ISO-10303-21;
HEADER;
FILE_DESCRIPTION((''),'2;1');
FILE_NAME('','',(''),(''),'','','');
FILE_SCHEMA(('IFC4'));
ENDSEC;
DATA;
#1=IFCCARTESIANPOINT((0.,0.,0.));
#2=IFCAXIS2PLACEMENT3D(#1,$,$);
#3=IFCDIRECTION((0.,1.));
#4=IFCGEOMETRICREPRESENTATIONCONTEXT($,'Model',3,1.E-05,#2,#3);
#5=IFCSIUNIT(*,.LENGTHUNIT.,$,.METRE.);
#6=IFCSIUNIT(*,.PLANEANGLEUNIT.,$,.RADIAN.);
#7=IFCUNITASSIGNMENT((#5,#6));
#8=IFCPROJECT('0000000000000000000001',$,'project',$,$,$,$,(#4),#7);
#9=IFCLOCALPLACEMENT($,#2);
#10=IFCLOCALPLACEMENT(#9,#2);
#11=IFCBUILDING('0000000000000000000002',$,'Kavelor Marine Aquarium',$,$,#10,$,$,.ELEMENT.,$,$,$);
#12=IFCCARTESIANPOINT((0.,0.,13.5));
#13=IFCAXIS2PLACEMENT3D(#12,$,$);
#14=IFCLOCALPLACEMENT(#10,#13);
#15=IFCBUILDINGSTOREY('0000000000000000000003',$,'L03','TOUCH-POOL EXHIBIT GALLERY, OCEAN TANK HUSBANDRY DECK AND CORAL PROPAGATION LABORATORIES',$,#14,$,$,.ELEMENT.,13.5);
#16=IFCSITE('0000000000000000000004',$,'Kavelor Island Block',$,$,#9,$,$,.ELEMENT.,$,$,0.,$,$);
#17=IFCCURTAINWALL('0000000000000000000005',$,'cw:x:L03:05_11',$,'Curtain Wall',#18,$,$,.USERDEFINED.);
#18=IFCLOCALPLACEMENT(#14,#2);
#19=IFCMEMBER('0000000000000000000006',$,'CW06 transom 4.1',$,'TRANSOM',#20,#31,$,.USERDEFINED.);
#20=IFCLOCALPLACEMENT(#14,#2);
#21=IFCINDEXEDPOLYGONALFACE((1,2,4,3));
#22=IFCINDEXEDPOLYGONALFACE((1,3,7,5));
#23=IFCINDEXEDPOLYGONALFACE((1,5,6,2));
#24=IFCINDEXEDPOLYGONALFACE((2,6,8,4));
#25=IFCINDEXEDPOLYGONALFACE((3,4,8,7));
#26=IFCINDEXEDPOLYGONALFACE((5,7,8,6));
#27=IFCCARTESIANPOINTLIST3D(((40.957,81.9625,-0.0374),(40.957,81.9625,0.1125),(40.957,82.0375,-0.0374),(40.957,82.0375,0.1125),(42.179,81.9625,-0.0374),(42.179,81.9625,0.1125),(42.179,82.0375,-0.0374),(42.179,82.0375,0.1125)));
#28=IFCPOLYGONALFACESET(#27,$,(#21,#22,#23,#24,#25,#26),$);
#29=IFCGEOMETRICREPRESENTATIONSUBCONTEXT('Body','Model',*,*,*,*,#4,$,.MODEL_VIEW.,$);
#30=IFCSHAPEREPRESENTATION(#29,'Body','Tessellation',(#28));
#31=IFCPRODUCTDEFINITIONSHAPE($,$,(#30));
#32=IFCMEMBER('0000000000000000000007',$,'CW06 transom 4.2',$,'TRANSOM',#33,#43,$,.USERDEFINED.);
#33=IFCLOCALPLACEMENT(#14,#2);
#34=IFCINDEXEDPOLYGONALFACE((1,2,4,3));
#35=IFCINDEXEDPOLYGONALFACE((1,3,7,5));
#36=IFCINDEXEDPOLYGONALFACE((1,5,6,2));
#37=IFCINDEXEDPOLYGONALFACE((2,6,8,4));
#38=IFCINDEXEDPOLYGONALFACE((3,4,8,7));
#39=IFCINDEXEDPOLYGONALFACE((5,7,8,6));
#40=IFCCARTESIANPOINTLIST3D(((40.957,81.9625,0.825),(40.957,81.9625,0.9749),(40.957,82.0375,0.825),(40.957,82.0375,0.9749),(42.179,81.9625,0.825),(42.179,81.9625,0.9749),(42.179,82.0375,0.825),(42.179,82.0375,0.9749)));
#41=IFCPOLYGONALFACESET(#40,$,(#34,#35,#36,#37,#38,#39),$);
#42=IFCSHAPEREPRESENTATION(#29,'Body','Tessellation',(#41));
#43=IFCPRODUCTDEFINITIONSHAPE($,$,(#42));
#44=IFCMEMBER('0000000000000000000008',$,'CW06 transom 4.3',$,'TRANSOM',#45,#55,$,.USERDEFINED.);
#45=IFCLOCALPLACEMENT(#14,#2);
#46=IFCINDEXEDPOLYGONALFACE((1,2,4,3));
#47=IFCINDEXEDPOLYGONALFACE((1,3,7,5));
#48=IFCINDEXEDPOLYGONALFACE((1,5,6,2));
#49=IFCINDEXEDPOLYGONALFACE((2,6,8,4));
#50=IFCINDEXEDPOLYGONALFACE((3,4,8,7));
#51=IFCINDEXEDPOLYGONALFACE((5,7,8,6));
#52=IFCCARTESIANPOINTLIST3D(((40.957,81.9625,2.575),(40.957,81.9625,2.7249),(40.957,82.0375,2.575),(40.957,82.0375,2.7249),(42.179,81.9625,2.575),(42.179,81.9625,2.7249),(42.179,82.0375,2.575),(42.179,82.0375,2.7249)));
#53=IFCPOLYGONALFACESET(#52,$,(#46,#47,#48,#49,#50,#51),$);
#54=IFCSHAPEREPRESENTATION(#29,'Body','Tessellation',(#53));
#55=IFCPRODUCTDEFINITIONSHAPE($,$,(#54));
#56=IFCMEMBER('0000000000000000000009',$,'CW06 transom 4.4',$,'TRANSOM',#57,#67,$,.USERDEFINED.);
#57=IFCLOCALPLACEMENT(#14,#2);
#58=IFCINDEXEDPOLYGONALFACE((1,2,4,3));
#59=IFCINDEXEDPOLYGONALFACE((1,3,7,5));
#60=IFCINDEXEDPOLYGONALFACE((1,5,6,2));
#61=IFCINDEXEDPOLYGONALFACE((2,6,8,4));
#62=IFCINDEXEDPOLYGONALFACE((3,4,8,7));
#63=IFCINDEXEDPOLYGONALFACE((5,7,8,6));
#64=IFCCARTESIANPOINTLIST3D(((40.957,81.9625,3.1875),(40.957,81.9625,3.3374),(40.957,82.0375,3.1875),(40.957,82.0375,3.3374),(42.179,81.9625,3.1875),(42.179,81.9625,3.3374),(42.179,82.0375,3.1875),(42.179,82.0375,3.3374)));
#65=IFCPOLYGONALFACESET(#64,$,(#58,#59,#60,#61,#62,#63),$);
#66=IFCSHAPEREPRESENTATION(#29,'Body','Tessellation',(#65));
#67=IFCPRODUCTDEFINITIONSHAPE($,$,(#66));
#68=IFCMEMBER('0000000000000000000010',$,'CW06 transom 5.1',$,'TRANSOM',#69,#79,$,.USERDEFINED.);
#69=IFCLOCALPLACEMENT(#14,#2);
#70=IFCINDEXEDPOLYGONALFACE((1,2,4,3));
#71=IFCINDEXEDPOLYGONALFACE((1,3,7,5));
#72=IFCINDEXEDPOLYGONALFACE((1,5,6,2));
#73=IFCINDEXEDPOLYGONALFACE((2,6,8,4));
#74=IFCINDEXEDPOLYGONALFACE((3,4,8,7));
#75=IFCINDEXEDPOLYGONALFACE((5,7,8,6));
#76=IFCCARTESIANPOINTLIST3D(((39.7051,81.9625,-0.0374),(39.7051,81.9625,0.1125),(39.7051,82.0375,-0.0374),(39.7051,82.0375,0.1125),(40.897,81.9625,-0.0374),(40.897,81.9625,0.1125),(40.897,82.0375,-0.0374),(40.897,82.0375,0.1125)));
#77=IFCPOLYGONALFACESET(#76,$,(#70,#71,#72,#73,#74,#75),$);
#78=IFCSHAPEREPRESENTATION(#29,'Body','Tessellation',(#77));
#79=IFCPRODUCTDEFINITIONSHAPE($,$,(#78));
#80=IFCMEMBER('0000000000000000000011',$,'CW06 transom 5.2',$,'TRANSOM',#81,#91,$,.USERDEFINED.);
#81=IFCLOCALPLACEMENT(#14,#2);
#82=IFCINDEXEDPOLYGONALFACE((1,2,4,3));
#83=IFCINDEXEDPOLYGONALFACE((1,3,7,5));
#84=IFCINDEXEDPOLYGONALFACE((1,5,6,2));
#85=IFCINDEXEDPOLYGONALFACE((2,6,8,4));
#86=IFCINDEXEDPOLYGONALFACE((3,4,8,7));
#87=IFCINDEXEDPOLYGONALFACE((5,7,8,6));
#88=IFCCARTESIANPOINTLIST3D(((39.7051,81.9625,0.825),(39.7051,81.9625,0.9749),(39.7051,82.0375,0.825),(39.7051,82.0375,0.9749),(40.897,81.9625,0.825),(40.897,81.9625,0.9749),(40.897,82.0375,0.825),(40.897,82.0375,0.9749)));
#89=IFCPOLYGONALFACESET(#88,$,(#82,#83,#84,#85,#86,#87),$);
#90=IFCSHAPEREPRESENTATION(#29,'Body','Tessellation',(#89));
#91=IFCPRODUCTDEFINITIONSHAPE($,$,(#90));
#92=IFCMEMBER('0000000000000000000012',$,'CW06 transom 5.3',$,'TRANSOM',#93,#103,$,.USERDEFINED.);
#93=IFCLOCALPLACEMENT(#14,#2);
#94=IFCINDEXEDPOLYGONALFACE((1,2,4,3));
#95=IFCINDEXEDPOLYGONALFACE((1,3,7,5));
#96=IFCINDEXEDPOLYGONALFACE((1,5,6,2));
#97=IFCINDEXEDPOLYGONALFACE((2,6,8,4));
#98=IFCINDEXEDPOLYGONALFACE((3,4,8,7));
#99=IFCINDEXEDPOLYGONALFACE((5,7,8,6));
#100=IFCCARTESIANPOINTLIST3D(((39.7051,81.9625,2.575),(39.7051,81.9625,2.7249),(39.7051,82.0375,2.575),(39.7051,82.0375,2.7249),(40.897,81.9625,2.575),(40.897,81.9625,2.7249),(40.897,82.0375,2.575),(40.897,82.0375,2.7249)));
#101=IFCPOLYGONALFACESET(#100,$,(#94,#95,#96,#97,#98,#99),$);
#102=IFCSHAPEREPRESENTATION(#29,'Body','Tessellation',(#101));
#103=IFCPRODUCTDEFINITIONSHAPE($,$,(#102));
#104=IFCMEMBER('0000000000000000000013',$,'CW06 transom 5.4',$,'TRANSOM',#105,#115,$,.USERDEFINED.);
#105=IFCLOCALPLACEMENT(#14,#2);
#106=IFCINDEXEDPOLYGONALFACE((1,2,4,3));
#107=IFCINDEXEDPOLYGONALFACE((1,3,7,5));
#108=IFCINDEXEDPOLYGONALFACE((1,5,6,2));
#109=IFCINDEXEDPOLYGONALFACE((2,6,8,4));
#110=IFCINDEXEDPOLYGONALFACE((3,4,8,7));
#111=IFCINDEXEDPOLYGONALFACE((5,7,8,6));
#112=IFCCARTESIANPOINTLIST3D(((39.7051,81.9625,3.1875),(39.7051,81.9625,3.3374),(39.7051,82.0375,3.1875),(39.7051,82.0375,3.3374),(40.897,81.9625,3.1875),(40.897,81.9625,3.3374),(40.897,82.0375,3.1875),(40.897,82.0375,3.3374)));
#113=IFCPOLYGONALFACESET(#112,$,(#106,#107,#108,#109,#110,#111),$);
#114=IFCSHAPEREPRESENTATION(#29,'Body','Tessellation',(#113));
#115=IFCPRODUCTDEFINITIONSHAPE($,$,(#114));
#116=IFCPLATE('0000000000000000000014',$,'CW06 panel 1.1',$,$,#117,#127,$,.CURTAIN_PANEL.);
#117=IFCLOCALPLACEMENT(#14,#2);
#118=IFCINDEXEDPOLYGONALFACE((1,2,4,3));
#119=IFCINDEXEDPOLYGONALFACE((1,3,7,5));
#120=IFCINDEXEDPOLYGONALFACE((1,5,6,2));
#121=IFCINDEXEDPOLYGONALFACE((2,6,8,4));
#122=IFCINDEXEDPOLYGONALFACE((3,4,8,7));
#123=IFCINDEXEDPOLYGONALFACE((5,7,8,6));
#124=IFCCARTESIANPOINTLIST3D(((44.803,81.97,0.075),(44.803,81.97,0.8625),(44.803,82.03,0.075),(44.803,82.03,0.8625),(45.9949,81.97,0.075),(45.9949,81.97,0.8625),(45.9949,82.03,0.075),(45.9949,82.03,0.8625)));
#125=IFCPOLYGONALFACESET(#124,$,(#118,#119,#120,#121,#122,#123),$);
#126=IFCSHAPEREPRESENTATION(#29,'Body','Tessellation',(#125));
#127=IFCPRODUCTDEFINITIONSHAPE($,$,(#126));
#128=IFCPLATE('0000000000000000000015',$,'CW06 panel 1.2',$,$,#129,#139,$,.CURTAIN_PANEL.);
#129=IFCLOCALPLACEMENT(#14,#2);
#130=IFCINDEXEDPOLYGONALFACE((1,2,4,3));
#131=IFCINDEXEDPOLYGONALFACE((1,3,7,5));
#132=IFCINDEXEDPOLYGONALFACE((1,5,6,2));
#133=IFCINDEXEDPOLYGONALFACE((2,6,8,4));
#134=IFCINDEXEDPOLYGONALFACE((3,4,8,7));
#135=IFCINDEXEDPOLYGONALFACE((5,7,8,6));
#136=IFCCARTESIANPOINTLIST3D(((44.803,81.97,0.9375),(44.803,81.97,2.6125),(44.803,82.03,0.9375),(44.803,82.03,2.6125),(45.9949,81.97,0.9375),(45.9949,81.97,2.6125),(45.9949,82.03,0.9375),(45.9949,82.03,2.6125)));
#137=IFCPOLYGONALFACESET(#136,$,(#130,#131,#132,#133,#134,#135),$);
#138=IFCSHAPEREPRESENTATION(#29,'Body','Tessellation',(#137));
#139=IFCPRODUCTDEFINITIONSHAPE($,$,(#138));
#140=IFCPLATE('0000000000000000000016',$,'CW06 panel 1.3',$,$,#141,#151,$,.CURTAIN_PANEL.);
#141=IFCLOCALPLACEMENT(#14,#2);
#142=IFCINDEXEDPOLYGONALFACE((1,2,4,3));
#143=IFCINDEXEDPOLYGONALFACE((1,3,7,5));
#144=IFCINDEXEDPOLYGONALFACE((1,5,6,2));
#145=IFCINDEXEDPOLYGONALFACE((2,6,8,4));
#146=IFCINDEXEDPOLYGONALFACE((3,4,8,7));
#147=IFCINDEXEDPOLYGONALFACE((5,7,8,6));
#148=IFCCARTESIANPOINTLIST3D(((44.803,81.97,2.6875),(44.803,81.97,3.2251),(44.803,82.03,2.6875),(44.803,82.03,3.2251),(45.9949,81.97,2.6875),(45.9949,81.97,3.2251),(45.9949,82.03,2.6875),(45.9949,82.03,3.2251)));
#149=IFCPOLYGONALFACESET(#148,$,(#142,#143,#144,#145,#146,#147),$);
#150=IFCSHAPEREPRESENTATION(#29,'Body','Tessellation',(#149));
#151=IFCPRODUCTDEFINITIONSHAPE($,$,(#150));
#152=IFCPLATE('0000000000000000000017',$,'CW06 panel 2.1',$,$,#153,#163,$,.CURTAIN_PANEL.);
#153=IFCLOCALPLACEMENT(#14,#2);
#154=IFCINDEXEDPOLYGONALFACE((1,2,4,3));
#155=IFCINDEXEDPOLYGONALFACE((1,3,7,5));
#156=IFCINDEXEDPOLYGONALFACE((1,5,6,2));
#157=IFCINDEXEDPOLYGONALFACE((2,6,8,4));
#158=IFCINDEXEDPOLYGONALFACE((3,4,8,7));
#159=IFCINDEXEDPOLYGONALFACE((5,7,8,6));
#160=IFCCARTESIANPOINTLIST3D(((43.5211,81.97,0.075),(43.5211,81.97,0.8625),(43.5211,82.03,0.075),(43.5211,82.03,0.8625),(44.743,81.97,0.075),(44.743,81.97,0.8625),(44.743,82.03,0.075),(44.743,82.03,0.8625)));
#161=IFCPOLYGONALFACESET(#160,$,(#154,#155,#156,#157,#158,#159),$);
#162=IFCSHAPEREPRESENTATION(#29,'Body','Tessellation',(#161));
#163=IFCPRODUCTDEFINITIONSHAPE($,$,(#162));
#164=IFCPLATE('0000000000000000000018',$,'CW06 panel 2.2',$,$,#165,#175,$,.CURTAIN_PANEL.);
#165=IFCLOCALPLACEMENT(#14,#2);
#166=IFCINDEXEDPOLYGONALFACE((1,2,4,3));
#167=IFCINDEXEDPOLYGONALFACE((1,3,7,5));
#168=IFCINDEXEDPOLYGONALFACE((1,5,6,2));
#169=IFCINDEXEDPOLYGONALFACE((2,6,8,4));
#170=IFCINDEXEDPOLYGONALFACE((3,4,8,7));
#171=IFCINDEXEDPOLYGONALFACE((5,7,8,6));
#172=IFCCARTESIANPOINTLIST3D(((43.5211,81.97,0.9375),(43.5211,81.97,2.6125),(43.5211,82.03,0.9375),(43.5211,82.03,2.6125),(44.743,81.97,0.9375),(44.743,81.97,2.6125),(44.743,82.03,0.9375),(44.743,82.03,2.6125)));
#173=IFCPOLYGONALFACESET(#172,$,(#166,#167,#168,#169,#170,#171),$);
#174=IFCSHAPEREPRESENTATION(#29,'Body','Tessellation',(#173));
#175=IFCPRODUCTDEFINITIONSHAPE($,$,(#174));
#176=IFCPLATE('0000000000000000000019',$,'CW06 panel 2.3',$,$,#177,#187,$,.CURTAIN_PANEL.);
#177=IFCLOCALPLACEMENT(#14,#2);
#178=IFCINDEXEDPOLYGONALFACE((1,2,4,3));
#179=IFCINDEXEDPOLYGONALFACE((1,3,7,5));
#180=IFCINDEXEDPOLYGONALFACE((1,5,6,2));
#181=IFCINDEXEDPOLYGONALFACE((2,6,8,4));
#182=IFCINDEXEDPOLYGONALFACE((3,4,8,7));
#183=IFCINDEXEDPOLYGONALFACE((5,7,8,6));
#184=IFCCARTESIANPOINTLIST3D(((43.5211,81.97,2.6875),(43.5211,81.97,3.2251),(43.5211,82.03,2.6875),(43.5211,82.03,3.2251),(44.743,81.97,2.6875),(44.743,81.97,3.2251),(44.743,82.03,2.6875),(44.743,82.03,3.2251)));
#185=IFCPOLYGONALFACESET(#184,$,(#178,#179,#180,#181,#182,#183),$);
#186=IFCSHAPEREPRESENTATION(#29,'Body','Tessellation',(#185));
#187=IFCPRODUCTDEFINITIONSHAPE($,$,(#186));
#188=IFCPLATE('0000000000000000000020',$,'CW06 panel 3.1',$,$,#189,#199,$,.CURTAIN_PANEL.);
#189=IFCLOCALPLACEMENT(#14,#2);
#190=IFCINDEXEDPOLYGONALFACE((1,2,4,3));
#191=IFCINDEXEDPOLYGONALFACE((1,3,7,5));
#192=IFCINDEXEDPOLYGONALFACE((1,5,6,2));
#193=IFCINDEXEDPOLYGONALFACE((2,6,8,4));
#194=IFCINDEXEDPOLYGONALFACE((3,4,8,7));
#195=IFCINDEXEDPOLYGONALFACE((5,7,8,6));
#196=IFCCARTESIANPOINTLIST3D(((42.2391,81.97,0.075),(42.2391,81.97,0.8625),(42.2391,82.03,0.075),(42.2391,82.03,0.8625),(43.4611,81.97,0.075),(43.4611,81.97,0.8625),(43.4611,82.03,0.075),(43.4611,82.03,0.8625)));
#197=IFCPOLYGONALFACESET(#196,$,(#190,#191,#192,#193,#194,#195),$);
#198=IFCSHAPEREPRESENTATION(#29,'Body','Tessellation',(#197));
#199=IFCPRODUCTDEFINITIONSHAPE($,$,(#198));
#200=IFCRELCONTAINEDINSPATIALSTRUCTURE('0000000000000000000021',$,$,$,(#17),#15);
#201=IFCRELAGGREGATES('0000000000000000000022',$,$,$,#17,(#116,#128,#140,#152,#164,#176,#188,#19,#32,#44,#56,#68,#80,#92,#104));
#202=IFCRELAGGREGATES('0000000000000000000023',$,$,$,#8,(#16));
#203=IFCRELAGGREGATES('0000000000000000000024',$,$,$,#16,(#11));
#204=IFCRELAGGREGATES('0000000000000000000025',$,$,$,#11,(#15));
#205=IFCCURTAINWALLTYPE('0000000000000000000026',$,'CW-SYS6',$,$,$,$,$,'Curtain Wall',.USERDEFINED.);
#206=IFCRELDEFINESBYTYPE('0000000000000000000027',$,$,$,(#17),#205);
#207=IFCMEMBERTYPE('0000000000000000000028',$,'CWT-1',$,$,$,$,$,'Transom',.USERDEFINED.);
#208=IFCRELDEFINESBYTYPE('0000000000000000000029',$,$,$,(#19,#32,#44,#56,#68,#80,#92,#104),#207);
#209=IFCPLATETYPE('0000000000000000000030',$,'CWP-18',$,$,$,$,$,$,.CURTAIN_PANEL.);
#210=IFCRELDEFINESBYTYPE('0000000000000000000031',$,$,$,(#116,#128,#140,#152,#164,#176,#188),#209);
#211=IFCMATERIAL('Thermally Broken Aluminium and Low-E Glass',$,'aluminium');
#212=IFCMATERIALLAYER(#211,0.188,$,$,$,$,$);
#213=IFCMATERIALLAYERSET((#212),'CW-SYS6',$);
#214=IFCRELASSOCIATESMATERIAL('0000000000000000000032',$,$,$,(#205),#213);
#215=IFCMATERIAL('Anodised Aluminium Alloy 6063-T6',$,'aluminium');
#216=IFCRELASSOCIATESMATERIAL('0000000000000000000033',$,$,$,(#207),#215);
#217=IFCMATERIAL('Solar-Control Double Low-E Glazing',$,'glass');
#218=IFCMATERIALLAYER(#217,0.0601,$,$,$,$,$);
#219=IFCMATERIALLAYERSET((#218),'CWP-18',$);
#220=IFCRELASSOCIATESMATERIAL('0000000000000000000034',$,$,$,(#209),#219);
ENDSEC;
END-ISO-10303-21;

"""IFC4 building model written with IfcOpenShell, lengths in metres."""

from ifc_helpers import new_model, si_unit, direction, frame, origin, origin_2d, place, context, subcontext, project, spatial, rectangle, extrude, material, layer, layer_set, material_profile, profile_set, type_object, element, aggregate, save


model = new_model("IFC4")

# Units and contexts
model_context = context("Model", 3, precision=1e-05, world=origin(), true_north=direction((0.0, 1.0)))
body_context = subcontext(model_context, "Body", "Model", "MODEL_VIEW")
ifc_project = project(units=[si_unit("LENGTHUNIT", "METRE"), si_unit("PLANEANGLEUNIT", "RADIAN")], contexts=[model_context])

# Site, building, storey
site_placement = place(None, origin())
site = spatial("IfcSite", under=ifc_project, at=site_placement, Name="Kavelor Island Block", CompositionType="ELEMENT", RefElevation=0.0)
building_placement = place(site_placement, origin())
building = spatial("IfcBuilding", under=site, at=building_placement, Name="Kavelor Marine Aquarium", CompositionType="ELEMENT")
storey_placement = place(building_placement, frame((0.0, 0.0, 13.5)))
storey = spatial("IfcBuildingStorey", under=building, at=storey_placement, Name="L03", Description="TOUCH-POOL EXHIBIT GALLERY, OCEAN TANK HUSBANDRY DECK AND CORAL PROPAGATION LABORATORIES", CompositionType="ELEMENT", Elevation=13.5)

# Curtain wall, members, plates
ifc_material_1 = material(Name="Thermally Broken Aluminium and Low-E Glass", Category="aluminium")
ifc_layer_1 = layer(ifc_material_1, 0.188)
ifc_layer_set_1 = layer_set([ifc_layer_1], Name="CW-SYS6")
curtain_wall_type = type_object("IfcCurtainWallType", Name="CW-SYS6", ElementType="Curtain Wall", PredefinedType="USERDEFINED", material=ifc_layer_set_1)
curtain_wall_placement = place(storey_placement, origin())
curtain_wall = element("IfcCurtainWall", 1, at=curtain_wall_placement, inside=storey, type_object=curtain_wall_type, Name="cw:x:L03:05_11", ObjectType="Curtain Wall", PredefinedType="USERDEFINED")
ifc_material_2 = material(Name="Anodised Aluminium Alloy 6063-T6", Category="aluminium")
ifc_material_profile_1 = material_profile(ifc_material_2, rectangle(XDim=0.075, YDim=0.1499, at=origin_2d()), Name="CW-TRN 75x150")
ifc_profile_set_1 = profile_set([ifc_material_profile_1], Name="Anodised Aluminium Alloy 6063-T6")
member_type_1 = type_object("IfcMemberType", Name="CWT-1", ElementType="Transom", PredefinedType="USERDEFINED", material=ifc_profile_set_1)
member_1_placement = place(storey_placement, frame((42.179, 82.0, 0.0376), z_axis=(-1.0, 0.0, 0.0), x_axis=(0.0, -1.0, 0.0)))
member_1 = element("IfcMember", 2, at=member_1_placement, type_object=member_type_1, Name="CW06 transom 4.1", ObjectType="TRANSOM", PredefinedType="USERDEFINED", context=body_context, shape_type="SweptSolid", body=[
    extrude(rectangle(XDim=0.075, YDim=0.1499, at=origin_2d()), origin(), (0.0, 0.0, 1.0), 1.2219),
])
member_2_placement = place(storey_placement, frame((42.179, 82.0, 0.8999), z_axis=(-1.0, 0.0, 0.0), x_axis=(0.0, -1.0, 0.0)))
member_2 = element("IfcMember", 3, at=member_2_placement, type_object=member_type_1, Name="CW06 transom 4.2", ObjectType="TRANSOM", PredefinedType="USERDEFINED", context=body_context, shape_type="SweptSolid", body=[
    extrude(rectangle(XDim=0.075, YDim=0.1499, at=origin_2d()), origin(), (0.0, 0.0, 1.0), 1.2219),
])
member_3_placement = place(storey_placement, frame((42.179, 82.0, 2.6499), z_axis=(-1.0, 0.0, 0.0), x_axis=(0.0, -1.0, 0.0)))
member_3 = element("IfcMember", 4, at=member_3_placement, type_object=member_type_1, Name="CW06 transom 4.3", ObjectType="TRANSOM", PredefinedType="USERDEFINED", context=body_context, shape_type="SweptSolid", body=[
    extrude(rectangle(XDim=0.075, YDim=0.1499, at=origin_2d()), origin(), (0.0, 0.0, 1.0), 1.2219),
])
member_4_placement = place(storey_placement, frame((42.179, 82.0, 3.2625), z_axis=(-1.0, 0.0, 0.0), x_axis=(0.0, -1.0, 0.0)))
member_4 = element("IfcMember", 5, at=member_4_placement, type_object=member_type_1, Name="CW06 transom 4.4", ObjectType="TRANSOM", PredefinedType="USERDEFINED", context=body_context, shape_type="SweptSolid", body=[
    extrude(rectangle(XDim=0.075, YDim=0.1499, at=origin_2d()), origin(), (0.0, 0.0, 1.0), 1.2219),
])
member_5_placement = place(storey_placement, frame((40.897, 82.0, 0.0376), z_axis=(-1.0, 0.0, 0.0), x_axis=(0.0, -1.0, 0.0)))
member_5 = element("IfcMember", 6, at=member_5_placement, type_object=member_type_1, Name="CW06 transom 5.1", ObjectType="TRANSOM", PredefinedType="USERDEFINED", context=body_context, shape_type="SweptSolid", body=[
    extrude(rectangle(XDim=0.075, YDim=0.1499, at=origin_2d()), origin(), (0.0, 0.0, 1.0), 1.1919),
])
member_6_placement = place(storey_placement, frame((40.897, 82.0, 0.8999), z_axis=(-1.0, 0.0, 0.0), x_axis=(0.0, -1.0, 0.0)))
member_6 = element("IfcMember", 7, at=member_6_placement, type_object=member_type_1, Name="CW06 transom 5.2", ObjectType="TRANSOM", PredefinedType="USERDEFINED", context=body_context, shape_type="SweptSolid", body=[
    extrude(rectangle(XDim=0.075, YDim=0.1499, at=origin_2d()), origin(), (0.0, 0.0, 1.0), 1.1919),
])
member_7_placement = place(storey_placement, frame((40.897, 82.0, 2.6499), z_axis=(-1.0, 0.0, 0.0), x_axis=(0.0, -1.0, 0.0)))
member_7 = element("IfcMember", 8, at=member_7_placement, type_object=member_type_1, Name="CW06 transom 5.3", ObjectType="TRANSOM", PredefinedType="USERDEFINED", context=body_context, shape_type="SweptSolid", body=[
    extrude(rectangle(XDim=0.075, YDim=0.1499, at=origin_2d()), origin(), (0.0, 0.0, 1.0), 1.1919),
])
member_8_placement = place(storey_placement, frame((40.897, 82.0, 3.2625), z_axis=(-1.0, 0.0, 0.0), x_axis=(0.0, -1.0, 0.0)))
member_8 = element("IfcMember", 9, at=member_8_placement, type_object=member_type_1, Name="CW06 transom 5.4", ObjectType="TRANSOM", PredefinedType="USERDEFINED", context=body_context, shape_type="SweptSolid", body=[
    extrude(rectangle(XDim=0.075, YDim=0.1499, at=origin_2d()), origin(), (0.0, 0.0, 1.0), 1.1919),
])
ifc_material_3 = material(Name="Solar-Control Double Low-E Glazing", Category="glass")
ifc_layer_2 = layer(ifc_material_3, 0.0601)
ifc_layer_set_2 = layer_set([ifc_layer_2], Name="CWP-18")
plate_type = type_object("IfcPlateType", Name="CWP-18", PredefinedType="CURTAIN_PANEL", material=ifc_layer_set_2)
plate_1_placement = place(storey_placement, frame((45.3989, 82.0, 0.075), z_axis=(0.0, 0.0, 1.0), x_axis=(-1.0, 0.0, 0.0)))
plate_1 = element("IfcPlate", 10, at=plate_1_placement, type_object=plate_type, Name="CW06 panel 1.1", PredefinedType="CURTAIN_PANEL", context=body_context, shape_type="SweptSolid", body=[
    extrude(rectangle(XDim=1.1919, YDim=0.0601, at=origin_2d()), origin(), (0.0, 0.0, 1.0), 0.7876),
])
plate_2_placement = place(storey_placement, frame((45.3989, 82.0, 0.9375), z_axis=(0.0, 0.0, 1.0), x_axis=(-1.0, 0.0, 0.0)))
plate_2 = element("IfcPlate", 11, at=plate_2_placement, type_object=plate_type, Name="CW06 panel 1.2", PredefinedType="CURTAIN_PANEL", context=body_context, shape_type="SweptSolid", body=[
    extrude(rectangle(XDim=1.1919, YDim=0.0601, at=origin_2d()), origin(), (0.0, 0.0, 1.0), 1.675),
])
plate_3_placement = place(storey_placement, frame((45.3989, 82.0, 2.6875), z_axis=(0.0, 0.0, 1.0), x_axis=(-1.0, 0.0, 0.0)))
plate_3 = element("IfcPlate", 12, at=plate_3_placement, type_object=plate_type, Name="CW06 panel 1.3", PredefinedType="CURTAIN_PANEL", context=body_context, shape_type="SweptSolid", body=[
    extrude(rectangle(XDim=1.1919, YDim=0.0601, at=origin_2d()), origin(), (0.0, 0.0, 1.0), 0.5376),
])
plate_4_placement = place(storey_placement, frame((44.1321, 82.0, 0.075), z_axis=(0.0, 0.0, 1.0), x_axis=(-1.0, 0.0, 0.0)))
plate_4 = element("IfcPlate", 13, at=plate_4_placement, type_object=plate_type, Name="CW06 panel 2.1", PredefinedType="CURTAIN_PANEL", context=body_context, shape_type="SweptSolid", body=[
    extrude(rectangle(XDim=1.2219, YDim=0.0601, at=origin_2d()), origin(), (0.0, 0.0, 1.0), 0.7876),
])
plate_5_placement = place(storey_placement, frame((44.1321, 82.0, 0.9375), z_axis=(0.0, 0.0, 1.0), x_axis=(-1.0, 0.0, 0.0)))
plate_5 = element("IfcPlate", 14, at=plate_5_placement, type_object=plate_type, Name="CW06 panel 2.2", PredefinedType="CURTAIN_PANEL", context=body_context, shape_type="SweptSolid", body=[
    extrude(rectangle(XDim=1.2219, YDim=0.0601, at=origin_2d()), origin(), (0.0, 0.0, 1.0), 1.675),
])
plate_6_placement = place(storey_placement, frame((44.1321, 82.0, 2.6875), z_axis=(0.0, 0.0, 1.0), x_axis=(-1.0, 0.0, 0.0)))
plate_6 = element("IfcPlate", 15, at=plate_6_placement, type_object=plate_type, Name="CW06 panel 2.3", PredefinedType="CURTAIN_PANEL", context=body_context, shape_type="SweptSolid", body=[
    extrude(rectangle(XDim=1.2219, YDim=0.0601, at=origin_2d()), origin(), (0.0, 0.0, 1.0), 0.5376),
])
plate_7_placement = place(storey_placement, frame((42.8501, 82.0, 0.075), z_axis=(0.0, 0.0, 1.0), x_axis=(-1.0, 0.0, 0.0)))
plate_7 = element("IfcPlate", 16, at=plate_7_placement, type_object=plate_type, Name="CW06 panel 3.1", PredefinedType="CURTAIN_PANEL", context=body_context, shape_type="SweptSolid", body=[
    extrude(rectangle(XDim=1.2219, YDim=0.0601, at=origin_2d()), origin(), (0.0, 0.0, 1.0), 0.7876),
])
aggregate(curtain_wall, [plate_1, plate_2, plate_3, plate_4, plate_5, plate_6, plate_7, member_1, member_2, member_3, member_4, member_5, member_6, member_7, member_8])

save(model, "model.ifc")
